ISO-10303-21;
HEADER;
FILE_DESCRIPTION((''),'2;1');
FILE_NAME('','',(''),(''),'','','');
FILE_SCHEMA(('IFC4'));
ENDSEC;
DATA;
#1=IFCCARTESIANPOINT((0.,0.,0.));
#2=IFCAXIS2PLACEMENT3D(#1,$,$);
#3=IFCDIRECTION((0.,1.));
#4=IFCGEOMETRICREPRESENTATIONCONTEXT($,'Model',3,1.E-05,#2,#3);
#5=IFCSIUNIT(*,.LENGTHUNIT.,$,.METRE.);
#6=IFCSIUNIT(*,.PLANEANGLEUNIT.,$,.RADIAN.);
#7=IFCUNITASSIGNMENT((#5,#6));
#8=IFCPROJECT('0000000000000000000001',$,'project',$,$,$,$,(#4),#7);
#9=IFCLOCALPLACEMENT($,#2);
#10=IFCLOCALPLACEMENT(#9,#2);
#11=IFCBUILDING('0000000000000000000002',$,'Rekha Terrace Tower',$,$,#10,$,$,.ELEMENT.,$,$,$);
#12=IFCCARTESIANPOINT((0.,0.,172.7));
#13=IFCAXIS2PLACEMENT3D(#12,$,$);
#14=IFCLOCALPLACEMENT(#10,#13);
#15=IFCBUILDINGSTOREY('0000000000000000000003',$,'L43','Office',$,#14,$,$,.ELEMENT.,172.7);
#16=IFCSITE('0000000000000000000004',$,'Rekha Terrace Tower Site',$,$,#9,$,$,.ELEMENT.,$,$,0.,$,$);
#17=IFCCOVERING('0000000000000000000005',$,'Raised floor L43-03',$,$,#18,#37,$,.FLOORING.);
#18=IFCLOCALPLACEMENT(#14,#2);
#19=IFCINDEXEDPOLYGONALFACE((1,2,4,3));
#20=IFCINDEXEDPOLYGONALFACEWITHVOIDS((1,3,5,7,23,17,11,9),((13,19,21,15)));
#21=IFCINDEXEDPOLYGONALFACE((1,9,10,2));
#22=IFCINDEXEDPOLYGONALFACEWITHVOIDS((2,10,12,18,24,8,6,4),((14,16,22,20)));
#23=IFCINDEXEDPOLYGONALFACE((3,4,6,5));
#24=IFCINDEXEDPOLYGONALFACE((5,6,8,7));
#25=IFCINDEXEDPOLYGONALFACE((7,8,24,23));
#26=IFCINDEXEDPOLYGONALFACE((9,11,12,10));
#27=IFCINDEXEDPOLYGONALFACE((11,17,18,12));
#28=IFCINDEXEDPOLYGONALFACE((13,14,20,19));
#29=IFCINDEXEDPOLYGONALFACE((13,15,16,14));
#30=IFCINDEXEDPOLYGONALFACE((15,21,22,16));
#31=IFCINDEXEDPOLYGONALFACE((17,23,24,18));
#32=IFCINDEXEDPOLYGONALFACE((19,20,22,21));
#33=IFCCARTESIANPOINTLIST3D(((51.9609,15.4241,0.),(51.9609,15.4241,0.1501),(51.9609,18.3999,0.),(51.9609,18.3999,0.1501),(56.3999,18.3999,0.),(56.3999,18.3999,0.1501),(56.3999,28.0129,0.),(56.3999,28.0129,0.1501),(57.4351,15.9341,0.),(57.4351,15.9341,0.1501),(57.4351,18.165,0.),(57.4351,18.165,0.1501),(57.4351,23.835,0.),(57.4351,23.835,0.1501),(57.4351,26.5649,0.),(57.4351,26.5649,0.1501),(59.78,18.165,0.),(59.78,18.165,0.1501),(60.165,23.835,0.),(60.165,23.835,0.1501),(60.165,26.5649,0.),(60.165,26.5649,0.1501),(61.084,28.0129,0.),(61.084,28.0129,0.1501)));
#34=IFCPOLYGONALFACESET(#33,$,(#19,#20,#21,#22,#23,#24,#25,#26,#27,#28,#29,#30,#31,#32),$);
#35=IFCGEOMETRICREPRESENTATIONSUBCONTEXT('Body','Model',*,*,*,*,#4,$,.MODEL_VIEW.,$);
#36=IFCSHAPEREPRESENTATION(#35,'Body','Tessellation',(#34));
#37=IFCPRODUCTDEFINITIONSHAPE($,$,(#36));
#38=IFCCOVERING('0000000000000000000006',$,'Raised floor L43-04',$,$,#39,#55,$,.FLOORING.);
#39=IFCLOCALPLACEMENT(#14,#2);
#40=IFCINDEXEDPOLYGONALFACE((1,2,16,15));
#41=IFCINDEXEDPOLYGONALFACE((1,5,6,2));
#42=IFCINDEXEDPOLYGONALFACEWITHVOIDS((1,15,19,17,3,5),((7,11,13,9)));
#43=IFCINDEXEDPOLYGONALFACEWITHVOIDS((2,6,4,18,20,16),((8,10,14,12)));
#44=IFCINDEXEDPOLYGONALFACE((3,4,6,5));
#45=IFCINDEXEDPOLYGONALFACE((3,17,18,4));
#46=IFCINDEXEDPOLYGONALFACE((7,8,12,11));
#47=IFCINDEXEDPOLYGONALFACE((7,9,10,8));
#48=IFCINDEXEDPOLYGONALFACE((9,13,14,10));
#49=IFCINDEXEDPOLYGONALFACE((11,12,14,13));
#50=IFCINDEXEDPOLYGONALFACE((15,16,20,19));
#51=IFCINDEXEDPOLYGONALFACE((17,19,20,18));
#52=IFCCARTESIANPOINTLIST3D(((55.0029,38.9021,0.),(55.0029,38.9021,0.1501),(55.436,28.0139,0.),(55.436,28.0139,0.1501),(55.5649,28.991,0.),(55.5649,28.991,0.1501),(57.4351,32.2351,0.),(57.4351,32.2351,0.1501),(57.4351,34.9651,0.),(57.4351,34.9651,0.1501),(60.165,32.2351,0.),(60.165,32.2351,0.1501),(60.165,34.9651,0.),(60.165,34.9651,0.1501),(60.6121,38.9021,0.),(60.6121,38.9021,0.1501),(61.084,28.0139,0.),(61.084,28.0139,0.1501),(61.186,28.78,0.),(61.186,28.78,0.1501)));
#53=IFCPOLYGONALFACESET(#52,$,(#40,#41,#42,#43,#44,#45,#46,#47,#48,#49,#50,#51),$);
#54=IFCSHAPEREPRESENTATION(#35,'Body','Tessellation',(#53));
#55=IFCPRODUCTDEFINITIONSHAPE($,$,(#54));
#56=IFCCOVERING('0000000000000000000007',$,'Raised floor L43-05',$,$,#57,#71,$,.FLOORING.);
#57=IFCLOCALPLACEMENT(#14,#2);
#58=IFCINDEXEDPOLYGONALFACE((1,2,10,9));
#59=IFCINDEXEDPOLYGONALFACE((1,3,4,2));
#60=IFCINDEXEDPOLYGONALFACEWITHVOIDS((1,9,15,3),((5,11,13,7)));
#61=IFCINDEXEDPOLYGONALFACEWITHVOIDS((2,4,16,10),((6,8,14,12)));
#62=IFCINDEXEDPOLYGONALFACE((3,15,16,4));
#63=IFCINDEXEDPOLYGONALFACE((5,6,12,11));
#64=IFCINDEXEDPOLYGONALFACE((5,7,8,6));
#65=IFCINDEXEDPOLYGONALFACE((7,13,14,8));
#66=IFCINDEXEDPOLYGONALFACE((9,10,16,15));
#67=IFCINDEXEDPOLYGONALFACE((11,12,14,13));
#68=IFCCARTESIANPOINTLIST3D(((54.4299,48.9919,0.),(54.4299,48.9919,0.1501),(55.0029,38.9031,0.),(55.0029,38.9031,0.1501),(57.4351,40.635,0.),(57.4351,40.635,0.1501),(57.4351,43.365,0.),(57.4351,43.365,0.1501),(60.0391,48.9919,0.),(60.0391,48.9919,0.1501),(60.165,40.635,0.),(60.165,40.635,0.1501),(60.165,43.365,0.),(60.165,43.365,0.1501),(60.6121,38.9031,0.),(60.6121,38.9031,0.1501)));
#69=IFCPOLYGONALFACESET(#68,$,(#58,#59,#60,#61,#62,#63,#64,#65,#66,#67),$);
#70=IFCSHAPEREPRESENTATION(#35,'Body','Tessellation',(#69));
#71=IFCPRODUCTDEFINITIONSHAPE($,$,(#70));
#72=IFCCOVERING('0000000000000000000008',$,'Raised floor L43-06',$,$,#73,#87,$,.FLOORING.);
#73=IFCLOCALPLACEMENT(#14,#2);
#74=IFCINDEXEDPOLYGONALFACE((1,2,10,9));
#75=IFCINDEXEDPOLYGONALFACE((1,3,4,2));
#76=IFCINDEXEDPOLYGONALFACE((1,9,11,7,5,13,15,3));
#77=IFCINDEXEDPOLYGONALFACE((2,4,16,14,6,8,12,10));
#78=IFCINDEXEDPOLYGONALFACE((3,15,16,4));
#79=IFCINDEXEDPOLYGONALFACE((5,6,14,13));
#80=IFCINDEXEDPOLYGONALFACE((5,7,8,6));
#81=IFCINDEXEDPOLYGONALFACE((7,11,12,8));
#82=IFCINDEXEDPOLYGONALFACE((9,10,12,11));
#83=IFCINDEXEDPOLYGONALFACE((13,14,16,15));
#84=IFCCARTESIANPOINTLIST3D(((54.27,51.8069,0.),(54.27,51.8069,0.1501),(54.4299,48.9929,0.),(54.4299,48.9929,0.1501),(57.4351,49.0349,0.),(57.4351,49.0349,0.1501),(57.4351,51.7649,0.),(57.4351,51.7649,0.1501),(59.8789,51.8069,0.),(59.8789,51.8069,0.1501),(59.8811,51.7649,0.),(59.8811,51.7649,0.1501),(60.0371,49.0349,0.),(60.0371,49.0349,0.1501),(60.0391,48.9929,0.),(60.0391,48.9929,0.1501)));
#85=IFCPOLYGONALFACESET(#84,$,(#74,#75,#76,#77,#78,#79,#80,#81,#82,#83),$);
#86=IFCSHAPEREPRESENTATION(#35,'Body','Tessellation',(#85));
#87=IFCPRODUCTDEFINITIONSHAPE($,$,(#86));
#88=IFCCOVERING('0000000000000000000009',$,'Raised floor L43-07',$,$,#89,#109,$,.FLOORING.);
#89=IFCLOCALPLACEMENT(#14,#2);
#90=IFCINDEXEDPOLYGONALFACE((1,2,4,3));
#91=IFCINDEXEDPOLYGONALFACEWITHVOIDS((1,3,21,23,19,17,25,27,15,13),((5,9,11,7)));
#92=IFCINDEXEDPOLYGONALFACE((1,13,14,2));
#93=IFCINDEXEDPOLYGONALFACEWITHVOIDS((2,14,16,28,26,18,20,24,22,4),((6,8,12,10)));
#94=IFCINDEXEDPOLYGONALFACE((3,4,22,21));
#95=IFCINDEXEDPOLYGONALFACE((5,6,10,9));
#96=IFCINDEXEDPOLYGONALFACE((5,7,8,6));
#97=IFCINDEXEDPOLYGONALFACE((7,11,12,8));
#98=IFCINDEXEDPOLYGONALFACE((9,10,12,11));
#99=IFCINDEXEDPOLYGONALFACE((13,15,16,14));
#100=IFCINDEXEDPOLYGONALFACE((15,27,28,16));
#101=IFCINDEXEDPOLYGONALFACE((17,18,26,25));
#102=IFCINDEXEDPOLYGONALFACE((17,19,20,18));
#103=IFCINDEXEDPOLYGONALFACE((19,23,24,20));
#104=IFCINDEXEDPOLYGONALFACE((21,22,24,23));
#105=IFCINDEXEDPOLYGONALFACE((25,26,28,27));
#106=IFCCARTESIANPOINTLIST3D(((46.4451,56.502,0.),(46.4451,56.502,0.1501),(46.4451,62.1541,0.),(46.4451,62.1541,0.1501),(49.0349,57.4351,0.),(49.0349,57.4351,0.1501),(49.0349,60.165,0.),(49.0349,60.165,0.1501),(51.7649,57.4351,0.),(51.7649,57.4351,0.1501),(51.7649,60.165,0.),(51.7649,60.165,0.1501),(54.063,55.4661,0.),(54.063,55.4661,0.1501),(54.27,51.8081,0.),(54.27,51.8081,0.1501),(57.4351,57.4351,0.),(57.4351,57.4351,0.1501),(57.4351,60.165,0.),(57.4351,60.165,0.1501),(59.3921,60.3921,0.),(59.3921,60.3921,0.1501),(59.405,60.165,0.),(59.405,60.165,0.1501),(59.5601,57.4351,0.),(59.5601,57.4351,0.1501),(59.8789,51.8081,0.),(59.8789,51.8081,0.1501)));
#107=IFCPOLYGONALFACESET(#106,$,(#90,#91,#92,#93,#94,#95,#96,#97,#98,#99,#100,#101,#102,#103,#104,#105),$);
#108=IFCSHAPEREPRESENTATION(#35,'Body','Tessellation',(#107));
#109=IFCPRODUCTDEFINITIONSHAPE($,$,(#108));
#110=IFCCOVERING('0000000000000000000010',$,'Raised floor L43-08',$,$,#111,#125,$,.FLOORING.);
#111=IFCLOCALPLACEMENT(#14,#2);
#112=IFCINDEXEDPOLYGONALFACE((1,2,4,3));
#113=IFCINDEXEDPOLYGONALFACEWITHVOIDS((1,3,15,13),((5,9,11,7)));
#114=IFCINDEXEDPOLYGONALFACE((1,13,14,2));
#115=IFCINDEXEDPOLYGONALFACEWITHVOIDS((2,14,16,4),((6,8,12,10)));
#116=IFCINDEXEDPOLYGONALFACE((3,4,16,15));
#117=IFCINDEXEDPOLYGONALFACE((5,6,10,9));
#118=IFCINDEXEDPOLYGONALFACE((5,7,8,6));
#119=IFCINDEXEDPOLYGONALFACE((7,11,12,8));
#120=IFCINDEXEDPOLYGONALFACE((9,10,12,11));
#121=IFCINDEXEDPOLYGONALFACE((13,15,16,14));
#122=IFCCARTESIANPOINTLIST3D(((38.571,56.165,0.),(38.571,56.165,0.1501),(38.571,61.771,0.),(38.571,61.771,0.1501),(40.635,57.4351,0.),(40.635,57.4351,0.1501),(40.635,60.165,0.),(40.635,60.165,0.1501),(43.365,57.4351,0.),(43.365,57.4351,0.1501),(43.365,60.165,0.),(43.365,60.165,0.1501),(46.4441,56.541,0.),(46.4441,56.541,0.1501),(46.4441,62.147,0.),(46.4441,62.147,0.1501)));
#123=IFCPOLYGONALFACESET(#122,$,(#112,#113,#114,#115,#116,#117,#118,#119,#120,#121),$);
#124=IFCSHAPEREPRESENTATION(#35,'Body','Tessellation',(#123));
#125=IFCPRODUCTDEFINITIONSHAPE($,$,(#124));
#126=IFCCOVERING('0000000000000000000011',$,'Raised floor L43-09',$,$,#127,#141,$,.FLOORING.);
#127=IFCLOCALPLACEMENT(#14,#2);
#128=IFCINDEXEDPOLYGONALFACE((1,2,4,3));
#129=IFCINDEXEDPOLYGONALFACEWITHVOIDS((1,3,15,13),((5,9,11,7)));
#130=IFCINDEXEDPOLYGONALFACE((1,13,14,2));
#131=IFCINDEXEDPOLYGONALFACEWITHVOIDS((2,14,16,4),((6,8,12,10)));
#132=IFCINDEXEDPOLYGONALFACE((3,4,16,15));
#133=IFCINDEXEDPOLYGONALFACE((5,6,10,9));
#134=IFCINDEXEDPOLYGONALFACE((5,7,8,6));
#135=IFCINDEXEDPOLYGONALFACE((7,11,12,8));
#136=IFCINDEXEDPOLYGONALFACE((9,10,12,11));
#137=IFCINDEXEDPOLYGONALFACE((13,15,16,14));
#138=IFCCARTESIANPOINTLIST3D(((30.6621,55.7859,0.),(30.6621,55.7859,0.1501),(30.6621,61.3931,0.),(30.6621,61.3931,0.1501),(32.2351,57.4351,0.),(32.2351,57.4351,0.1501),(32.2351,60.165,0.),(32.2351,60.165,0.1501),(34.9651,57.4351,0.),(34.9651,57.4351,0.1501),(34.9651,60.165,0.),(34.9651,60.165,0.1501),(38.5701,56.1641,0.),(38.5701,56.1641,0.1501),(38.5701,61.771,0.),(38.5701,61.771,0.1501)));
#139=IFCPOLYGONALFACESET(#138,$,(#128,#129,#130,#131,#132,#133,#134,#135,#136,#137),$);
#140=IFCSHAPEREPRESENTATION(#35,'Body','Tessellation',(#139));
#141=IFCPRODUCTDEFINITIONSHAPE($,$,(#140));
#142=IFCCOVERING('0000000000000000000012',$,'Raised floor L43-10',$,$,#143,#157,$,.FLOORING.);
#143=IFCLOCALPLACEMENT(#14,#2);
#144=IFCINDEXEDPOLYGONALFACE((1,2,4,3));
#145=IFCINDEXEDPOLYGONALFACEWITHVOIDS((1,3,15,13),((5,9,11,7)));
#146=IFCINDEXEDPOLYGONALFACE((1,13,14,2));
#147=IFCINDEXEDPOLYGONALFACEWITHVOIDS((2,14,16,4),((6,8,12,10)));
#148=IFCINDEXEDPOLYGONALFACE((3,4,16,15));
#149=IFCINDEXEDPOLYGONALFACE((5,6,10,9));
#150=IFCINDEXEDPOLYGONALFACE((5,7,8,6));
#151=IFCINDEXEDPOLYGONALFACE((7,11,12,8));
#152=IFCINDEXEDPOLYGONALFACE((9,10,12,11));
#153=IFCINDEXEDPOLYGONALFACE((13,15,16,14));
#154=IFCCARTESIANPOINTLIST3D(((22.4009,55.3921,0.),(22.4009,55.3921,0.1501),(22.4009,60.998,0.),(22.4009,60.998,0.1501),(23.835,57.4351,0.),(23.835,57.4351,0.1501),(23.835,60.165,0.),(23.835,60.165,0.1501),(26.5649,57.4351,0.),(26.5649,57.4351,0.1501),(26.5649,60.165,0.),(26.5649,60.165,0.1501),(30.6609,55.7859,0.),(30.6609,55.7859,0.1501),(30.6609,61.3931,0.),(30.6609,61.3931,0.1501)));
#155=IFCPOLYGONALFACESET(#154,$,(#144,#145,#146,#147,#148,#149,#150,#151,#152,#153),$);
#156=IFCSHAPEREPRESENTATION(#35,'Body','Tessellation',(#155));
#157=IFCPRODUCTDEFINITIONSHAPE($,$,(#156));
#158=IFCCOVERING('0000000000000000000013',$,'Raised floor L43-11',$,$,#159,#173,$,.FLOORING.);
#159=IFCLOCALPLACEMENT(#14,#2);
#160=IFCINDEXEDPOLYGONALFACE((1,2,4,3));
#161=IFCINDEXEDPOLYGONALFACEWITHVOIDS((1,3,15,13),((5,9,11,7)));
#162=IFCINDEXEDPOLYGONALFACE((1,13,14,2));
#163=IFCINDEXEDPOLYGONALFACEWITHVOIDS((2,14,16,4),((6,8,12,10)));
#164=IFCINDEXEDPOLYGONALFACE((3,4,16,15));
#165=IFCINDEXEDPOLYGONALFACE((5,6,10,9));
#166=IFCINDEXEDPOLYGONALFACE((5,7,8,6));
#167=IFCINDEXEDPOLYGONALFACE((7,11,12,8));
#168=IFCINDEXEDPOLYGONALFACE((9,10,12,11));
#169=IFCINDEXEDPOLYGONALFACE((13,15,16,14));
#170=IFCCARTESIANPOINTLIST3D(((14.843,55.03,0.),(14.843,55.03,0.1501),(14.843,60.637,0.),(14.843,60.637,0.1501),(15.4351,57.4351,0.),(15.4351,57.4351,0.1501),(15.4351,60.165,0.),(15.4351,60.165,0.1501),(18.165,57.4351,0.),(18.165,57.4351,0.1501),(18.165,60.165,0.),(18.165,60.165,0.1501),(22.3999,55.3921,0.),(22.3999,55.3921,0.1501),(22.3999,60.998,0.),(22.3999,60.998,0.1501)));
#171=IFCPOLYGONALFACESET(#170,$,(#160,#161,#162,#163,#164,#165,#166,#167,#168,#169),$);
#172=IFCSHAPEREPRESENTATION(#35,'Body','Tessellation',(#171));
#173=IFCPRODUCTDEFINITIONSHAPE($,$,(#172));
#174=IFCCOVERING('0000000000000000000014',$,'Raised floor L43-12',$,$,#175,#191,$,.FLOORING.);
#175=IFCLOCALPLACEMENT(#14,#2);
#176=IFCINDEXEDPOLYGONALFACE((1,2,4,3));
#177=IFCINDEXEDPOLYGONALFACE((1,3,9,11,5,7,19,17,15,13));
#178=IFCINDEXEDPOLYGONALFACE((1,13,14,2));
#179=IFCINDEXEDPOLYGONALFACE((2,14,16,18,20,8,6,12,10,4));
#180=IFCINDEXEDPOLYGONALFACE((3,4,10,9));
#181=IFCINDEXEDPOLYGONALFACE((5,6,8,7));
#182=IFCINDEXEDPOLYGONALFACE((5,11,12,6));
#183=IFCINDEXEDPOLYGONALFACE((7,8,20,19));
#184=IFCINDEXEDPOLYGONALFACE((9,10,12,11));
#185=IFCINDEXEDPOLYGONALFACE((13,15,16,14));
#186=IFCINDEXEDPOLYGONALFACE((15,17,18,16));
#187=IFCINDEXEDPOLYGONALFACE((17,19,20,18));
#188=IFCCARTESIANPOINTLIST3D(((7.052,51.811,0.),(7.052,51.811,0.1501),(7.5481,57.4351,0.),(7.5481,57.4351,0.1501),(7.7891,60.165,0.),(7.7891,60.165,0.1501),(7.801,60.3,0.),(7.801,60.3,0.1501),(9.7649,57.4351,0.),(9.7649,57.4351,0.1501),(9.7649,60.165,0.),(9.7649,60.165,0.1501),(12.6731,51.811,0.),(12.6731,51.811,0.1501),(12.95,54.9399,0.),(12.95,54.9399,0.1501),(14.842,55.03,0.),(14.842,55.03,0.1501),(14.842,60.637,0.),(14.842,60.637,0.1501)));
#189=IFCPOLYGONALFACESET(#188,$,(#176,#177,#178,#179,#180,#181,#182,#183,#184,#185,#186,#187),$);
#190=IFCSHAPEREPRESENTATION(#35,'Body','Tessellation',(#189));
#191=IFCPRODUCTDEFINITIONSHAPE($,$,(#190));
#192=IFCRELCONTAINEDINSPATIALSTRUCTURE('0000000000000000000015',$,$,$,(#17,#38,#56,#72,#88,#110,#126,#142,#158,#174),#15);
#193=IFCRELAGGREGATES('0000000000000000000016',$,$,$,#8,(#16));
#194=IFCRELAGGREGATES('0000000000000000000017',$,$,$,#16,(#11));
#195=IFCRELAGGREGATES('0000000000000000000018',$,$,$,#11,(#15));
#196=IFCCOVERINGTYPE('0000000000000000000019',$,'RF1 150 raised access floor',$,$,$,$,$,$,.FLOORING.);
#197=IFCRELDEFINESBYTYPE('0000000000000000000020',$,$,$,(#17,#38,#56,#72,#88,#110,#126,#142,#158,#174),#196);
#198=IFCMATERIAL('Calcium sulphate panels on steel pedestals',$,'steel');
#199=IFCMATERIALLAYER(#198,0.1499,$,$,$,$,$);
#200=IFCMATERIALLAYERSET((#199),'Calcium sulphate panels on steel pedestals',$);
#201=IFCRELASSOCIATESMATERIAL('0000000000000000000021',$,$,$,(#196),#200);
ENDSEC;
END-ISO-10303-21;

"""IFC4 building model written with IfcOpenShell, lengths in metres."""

from ifc_helpers import new_model, si_unit, direction, frame, origin, place, context, subcontext, project, spatial, polyline, outline, extrude, material, layer, layer_set, type_object, element, save


model = new_model("IFC4")

# Units and contexts
model_context = context("Model", 3, precision=1e-05, world=origin(), true_north=direction((0.0, 1.0)))
body_context = subcontext(model_context, "Body", "Model", "MODEL_VIEW")
ifc_project = project(units=[si_unit("LENGTHUNIT", "METRE"), si_unit("PLANEANGLEUNIT", "RADIAN")], contexts=[model_context])

# Site, building, storey
site_placement = place(None, origin())
site = spatial("IfcSite", under=ifc_project, at=site_placement, Name="Rekha Terrace Tower Site", CompositionType="ELEMENT", RefElevation=0.0)
building_placement = place(site_placement, origin())
building = spatial("IfcBuilding", under=site, at=building_placement, Name="Rekha Terrace Tower", CompositionType="ELEMENT")
storey_placement = place(building_placement, frame((0.0, 0.0, 172.7)))
storey = spatial("IfcBuildingStorey", under=building, at=storey_placement, Name="L43", Description="Office", CompositionType="ELEMENT", Elevation=172.7)

# Coverings
ifc_material_1 = material(Name="Calcium sulphate panels on steel pedestals", Category="steel")
ifc_layer_1 = layer(ifc_material_1, 0.1499)
ifc_layer_set_1 = layer_set([ifc_layer_1], Name="Calcium sulphate panels on steel pedestals")
covering_type_1 = type_object("IfcCoveringType", Name="RF1 150 raised access floor", PredefinedType="FLOORING", material=ifc_layer_set_1)
covering_1_placement = place(storey_placement, origin())
element("IfcCovering", 1, at=covering_1_placement, inside=storey, type_object=covering_type_1, Name="Raised floor L43-03", PredefinedType="FLOORING", context=body_context, shape_type="SweptSolid", body=[
    extrude(outline(polyline([(57.4351, 18.165), (59.78, 18.165), (61.084, 28.0129), (56.3999, 28.0129), (56.3999, 18.3999), (51.9609, 18.3999), (51.9609, 15.4241), (57.4351, 15.9341), (57.4351, 18.165)]), holes=[polyline([(60.165, 23.835), (57.4351, 23.835), (57.4351, 26.5649), (60.165, 26.5649), (60.165, 23.835)])]), origin(), (0.0, 0.0, 1.0), 0.1501),
])
covering_2_placement = place(storey_placement, origin())
element("IfcCovering", 2, at=covering_2_placement, inside=storey, type_object=covering_type_1, Name="Raised floor L43-04", PredefinedType="FLOORING", context=body_context, shape_type="SweptSolid", body=[
    extrude(outline(polyline([(61.186, 28.78), (60.6121, 38.9021), (55.0029, 38.9021), (55.5649, 28.991), (55.436, 28.0139), (61.084, 28.0139), (61.186, 28.78)]), holes=[polyline([(60.165, 34.9651), (60.165, 32.2351), (57.4351, 32.2351), (57.4351, 34.9651), (60.165, 34.9651)])]), origin(), (0.0, 0.0, 1.0), 0.1501),
])
covering_3_placement = place(storey_placement, origin())
element("IfcCovering", 3, at=covering_3_placement, inside=storey, type_object=covering_type_1, Name="Raised floor L43-05", PredefinedType="FLOORING", context=body_context, shape_type="SweptSolid", body=[
    extrude(outline(polyline([(55.0029, 38.9031), (60.6121, 38.9031), (60.0391, 48.9919), (54.4299, 48.9919), (55.0029, 38.9031)]), holes=[polyline([(60.165, 40.635), (57.4351, 40.635), (57.4351, 43.365), (60.165, 43.365), (60.165, 40.635)])]), origin(), (0.0, 0.0, 1.0), 0.1501),
])
covering_4_placement = place(storey_placement, origin())
element("IfcCovering", 4, at=covering_4_placement, inside=storey, type_object=covering_type_1, Name="Raised floor L43-06", PredefinedType="FLOORING", context=body_context, shape_type="SweptSolid", body=[
    extrude(outline(polyline([(57.4351, 51.7649), (59.8811, 51.7649), (59.8789, 51.8069), (54.27, 51.8069), (54.4299, 48.9929), (60.0391, 48.9929), (60.0371, 49.0349), (57.4351, 49.0349), (57.4351, 51.7649)])), origin(), (0.0, 0.0, 1.0), 0.1501),
])
covering_5_placement = place(storey_placement, origin())
element("IfcCovering", 5, at=covering_5_placement, inside=storey, type_object=covering_type_1, Name="Raised floor L43-07", PredefinedType="FLOORING", context=body_context, shape_type="SweptSolid", body=[
    extrude(outline(polyline([(57.4351, 60.165), (59.405, 60.165), (59.3921, 60.3921), (46.4451, 62.1541), (46.4451, 56.502), (54.063, 55.4661), (54.27, 51.8081), (59.8789, 51.8081), (59.5601, 57.4351), (57.4351, 57.4351), (57.4351, 60.165)]), holes=[polyline([(51.7649, 57.4351), (49.0349, 57.4351), (49.0349, 60.165), (51.7649, 60.165), (51.7649, 57.4351)])]), origin(), (0.0, 0.0, 1.0), 0.1501),
])
covering_6_placement = place(storey_placement, origin())
element("IfcCovering", 6, at=covering_6_placement, inside=storey, type_object=covering_type_1, Name="Raised floor L43-08", PredefinedType="FLOORING", context=body_context, shape_type="SweptSolid", body=[
    extrude(outline(polyline([(46.4441, 62.147), (38.571, 61.771), (38.571, 56.165), (46.4441, 56.541), (46.4441, 62.147)]), holes=[polyline([(43.365, 60.165), (43.365, 57.4351), (40.635, 57.4351), (40.635, 60.165), (43.365, 60.165)])]), origin(), (0.0, 0.0, 1.0), 0.1501),
])
covering_7_placement = place(storey_placement, origin())
element("IfcCovering", 7, at=covering_7_placement, inside=storey, type_object=covering_type_1, Name="Raised floor L43-09", PredefinedType="FLOORING", context=body_context, shape_type="SweptSolid", body=[
    extrude(outline(polyline([(38.5701, 56.1641), (38.5701, 61.771), (30.6621, 61.3931), (30.6621, 55.7859), (38.5701, 56.1641)]), holes=[polyline([(34.9651, 57.4351), (32.2351, 57.4351), (32.2351, 60.165), (34.9651, 60.165), (34.9651, 57.4351)])]), origin(), (0.0, 0.0, 1.0), 0.1501),
])
covering_8_placement = place(storey_placement, origin())
element("IfcCovering", 8, at=covering_8_placement, inside=storey, type_object=covering_type_1, Name="Raised floor L43-10", PredefinedType="FLOORING", context=body_context, shape_type="SweptSolid", body=[
    extrude(outline(polyline([(30.6609, 55.7859), (30.6609, 61.3931), (22.4009, 60.998), (22.4009, 55.3921), (30.6609, 55.7859)]), holes=[polyline([(26.5649, 57.4351), (23.835, 57.4351), (23.835, 60.165), (26.5649, 60.165), (26.5649, 57.4351)])]), origin(), (0.0, 0.0, 1.0), 0.1501),
])
covering_9_placement = place(storey_placement, origin())
element("IfcCovering", 9, at=covering_9_placement, inside=storey, type_object=covering_type_1, Name="Raised floor L43-11", PredefinedType="FLOORING", context=body_context, shape_type="SweptSolid", body=[
    extrude(outline(polyline([(22.3999, 55.3921), (22.3999, 60.998), (14.843, 60.637), (14.843, 55.03), (22.3999, 55.3921)]), holes=[polyline([(18.165, 60.165), (18.165, 57.4351), (15.4351, 57.4351), (15.4351, 60.165), (18.165, 60.165)])]), origin(), (0.0, 0.0, 1.0), 0.1501),
])
covering_10_placement = place(storey_placement, origin())
element("IfcCovering", 10, at=covering_10_placement, inside=storey, type_object=covering_type_1, Name="Raised floor L43-12", PredefinedType="FLOORING", context=body_context, shape_type="SweptSolid", body=[
    extrude(outline(polyline([(7.5481, 57.4351), (7.052, 51.811), (12.6731, 51.811), (12.95, 54.9399), (14.842, 55.03), (14.842, 60.637), (7.801, 60.3), (7.7891, 60.165), (9.7649, 60.165), (9.7649, 57.4351), (7.5481, 57.4351)])), origin(), (0.0, 0.0, 1.0), 0.1501),
])

save(model, "model.ifc")
